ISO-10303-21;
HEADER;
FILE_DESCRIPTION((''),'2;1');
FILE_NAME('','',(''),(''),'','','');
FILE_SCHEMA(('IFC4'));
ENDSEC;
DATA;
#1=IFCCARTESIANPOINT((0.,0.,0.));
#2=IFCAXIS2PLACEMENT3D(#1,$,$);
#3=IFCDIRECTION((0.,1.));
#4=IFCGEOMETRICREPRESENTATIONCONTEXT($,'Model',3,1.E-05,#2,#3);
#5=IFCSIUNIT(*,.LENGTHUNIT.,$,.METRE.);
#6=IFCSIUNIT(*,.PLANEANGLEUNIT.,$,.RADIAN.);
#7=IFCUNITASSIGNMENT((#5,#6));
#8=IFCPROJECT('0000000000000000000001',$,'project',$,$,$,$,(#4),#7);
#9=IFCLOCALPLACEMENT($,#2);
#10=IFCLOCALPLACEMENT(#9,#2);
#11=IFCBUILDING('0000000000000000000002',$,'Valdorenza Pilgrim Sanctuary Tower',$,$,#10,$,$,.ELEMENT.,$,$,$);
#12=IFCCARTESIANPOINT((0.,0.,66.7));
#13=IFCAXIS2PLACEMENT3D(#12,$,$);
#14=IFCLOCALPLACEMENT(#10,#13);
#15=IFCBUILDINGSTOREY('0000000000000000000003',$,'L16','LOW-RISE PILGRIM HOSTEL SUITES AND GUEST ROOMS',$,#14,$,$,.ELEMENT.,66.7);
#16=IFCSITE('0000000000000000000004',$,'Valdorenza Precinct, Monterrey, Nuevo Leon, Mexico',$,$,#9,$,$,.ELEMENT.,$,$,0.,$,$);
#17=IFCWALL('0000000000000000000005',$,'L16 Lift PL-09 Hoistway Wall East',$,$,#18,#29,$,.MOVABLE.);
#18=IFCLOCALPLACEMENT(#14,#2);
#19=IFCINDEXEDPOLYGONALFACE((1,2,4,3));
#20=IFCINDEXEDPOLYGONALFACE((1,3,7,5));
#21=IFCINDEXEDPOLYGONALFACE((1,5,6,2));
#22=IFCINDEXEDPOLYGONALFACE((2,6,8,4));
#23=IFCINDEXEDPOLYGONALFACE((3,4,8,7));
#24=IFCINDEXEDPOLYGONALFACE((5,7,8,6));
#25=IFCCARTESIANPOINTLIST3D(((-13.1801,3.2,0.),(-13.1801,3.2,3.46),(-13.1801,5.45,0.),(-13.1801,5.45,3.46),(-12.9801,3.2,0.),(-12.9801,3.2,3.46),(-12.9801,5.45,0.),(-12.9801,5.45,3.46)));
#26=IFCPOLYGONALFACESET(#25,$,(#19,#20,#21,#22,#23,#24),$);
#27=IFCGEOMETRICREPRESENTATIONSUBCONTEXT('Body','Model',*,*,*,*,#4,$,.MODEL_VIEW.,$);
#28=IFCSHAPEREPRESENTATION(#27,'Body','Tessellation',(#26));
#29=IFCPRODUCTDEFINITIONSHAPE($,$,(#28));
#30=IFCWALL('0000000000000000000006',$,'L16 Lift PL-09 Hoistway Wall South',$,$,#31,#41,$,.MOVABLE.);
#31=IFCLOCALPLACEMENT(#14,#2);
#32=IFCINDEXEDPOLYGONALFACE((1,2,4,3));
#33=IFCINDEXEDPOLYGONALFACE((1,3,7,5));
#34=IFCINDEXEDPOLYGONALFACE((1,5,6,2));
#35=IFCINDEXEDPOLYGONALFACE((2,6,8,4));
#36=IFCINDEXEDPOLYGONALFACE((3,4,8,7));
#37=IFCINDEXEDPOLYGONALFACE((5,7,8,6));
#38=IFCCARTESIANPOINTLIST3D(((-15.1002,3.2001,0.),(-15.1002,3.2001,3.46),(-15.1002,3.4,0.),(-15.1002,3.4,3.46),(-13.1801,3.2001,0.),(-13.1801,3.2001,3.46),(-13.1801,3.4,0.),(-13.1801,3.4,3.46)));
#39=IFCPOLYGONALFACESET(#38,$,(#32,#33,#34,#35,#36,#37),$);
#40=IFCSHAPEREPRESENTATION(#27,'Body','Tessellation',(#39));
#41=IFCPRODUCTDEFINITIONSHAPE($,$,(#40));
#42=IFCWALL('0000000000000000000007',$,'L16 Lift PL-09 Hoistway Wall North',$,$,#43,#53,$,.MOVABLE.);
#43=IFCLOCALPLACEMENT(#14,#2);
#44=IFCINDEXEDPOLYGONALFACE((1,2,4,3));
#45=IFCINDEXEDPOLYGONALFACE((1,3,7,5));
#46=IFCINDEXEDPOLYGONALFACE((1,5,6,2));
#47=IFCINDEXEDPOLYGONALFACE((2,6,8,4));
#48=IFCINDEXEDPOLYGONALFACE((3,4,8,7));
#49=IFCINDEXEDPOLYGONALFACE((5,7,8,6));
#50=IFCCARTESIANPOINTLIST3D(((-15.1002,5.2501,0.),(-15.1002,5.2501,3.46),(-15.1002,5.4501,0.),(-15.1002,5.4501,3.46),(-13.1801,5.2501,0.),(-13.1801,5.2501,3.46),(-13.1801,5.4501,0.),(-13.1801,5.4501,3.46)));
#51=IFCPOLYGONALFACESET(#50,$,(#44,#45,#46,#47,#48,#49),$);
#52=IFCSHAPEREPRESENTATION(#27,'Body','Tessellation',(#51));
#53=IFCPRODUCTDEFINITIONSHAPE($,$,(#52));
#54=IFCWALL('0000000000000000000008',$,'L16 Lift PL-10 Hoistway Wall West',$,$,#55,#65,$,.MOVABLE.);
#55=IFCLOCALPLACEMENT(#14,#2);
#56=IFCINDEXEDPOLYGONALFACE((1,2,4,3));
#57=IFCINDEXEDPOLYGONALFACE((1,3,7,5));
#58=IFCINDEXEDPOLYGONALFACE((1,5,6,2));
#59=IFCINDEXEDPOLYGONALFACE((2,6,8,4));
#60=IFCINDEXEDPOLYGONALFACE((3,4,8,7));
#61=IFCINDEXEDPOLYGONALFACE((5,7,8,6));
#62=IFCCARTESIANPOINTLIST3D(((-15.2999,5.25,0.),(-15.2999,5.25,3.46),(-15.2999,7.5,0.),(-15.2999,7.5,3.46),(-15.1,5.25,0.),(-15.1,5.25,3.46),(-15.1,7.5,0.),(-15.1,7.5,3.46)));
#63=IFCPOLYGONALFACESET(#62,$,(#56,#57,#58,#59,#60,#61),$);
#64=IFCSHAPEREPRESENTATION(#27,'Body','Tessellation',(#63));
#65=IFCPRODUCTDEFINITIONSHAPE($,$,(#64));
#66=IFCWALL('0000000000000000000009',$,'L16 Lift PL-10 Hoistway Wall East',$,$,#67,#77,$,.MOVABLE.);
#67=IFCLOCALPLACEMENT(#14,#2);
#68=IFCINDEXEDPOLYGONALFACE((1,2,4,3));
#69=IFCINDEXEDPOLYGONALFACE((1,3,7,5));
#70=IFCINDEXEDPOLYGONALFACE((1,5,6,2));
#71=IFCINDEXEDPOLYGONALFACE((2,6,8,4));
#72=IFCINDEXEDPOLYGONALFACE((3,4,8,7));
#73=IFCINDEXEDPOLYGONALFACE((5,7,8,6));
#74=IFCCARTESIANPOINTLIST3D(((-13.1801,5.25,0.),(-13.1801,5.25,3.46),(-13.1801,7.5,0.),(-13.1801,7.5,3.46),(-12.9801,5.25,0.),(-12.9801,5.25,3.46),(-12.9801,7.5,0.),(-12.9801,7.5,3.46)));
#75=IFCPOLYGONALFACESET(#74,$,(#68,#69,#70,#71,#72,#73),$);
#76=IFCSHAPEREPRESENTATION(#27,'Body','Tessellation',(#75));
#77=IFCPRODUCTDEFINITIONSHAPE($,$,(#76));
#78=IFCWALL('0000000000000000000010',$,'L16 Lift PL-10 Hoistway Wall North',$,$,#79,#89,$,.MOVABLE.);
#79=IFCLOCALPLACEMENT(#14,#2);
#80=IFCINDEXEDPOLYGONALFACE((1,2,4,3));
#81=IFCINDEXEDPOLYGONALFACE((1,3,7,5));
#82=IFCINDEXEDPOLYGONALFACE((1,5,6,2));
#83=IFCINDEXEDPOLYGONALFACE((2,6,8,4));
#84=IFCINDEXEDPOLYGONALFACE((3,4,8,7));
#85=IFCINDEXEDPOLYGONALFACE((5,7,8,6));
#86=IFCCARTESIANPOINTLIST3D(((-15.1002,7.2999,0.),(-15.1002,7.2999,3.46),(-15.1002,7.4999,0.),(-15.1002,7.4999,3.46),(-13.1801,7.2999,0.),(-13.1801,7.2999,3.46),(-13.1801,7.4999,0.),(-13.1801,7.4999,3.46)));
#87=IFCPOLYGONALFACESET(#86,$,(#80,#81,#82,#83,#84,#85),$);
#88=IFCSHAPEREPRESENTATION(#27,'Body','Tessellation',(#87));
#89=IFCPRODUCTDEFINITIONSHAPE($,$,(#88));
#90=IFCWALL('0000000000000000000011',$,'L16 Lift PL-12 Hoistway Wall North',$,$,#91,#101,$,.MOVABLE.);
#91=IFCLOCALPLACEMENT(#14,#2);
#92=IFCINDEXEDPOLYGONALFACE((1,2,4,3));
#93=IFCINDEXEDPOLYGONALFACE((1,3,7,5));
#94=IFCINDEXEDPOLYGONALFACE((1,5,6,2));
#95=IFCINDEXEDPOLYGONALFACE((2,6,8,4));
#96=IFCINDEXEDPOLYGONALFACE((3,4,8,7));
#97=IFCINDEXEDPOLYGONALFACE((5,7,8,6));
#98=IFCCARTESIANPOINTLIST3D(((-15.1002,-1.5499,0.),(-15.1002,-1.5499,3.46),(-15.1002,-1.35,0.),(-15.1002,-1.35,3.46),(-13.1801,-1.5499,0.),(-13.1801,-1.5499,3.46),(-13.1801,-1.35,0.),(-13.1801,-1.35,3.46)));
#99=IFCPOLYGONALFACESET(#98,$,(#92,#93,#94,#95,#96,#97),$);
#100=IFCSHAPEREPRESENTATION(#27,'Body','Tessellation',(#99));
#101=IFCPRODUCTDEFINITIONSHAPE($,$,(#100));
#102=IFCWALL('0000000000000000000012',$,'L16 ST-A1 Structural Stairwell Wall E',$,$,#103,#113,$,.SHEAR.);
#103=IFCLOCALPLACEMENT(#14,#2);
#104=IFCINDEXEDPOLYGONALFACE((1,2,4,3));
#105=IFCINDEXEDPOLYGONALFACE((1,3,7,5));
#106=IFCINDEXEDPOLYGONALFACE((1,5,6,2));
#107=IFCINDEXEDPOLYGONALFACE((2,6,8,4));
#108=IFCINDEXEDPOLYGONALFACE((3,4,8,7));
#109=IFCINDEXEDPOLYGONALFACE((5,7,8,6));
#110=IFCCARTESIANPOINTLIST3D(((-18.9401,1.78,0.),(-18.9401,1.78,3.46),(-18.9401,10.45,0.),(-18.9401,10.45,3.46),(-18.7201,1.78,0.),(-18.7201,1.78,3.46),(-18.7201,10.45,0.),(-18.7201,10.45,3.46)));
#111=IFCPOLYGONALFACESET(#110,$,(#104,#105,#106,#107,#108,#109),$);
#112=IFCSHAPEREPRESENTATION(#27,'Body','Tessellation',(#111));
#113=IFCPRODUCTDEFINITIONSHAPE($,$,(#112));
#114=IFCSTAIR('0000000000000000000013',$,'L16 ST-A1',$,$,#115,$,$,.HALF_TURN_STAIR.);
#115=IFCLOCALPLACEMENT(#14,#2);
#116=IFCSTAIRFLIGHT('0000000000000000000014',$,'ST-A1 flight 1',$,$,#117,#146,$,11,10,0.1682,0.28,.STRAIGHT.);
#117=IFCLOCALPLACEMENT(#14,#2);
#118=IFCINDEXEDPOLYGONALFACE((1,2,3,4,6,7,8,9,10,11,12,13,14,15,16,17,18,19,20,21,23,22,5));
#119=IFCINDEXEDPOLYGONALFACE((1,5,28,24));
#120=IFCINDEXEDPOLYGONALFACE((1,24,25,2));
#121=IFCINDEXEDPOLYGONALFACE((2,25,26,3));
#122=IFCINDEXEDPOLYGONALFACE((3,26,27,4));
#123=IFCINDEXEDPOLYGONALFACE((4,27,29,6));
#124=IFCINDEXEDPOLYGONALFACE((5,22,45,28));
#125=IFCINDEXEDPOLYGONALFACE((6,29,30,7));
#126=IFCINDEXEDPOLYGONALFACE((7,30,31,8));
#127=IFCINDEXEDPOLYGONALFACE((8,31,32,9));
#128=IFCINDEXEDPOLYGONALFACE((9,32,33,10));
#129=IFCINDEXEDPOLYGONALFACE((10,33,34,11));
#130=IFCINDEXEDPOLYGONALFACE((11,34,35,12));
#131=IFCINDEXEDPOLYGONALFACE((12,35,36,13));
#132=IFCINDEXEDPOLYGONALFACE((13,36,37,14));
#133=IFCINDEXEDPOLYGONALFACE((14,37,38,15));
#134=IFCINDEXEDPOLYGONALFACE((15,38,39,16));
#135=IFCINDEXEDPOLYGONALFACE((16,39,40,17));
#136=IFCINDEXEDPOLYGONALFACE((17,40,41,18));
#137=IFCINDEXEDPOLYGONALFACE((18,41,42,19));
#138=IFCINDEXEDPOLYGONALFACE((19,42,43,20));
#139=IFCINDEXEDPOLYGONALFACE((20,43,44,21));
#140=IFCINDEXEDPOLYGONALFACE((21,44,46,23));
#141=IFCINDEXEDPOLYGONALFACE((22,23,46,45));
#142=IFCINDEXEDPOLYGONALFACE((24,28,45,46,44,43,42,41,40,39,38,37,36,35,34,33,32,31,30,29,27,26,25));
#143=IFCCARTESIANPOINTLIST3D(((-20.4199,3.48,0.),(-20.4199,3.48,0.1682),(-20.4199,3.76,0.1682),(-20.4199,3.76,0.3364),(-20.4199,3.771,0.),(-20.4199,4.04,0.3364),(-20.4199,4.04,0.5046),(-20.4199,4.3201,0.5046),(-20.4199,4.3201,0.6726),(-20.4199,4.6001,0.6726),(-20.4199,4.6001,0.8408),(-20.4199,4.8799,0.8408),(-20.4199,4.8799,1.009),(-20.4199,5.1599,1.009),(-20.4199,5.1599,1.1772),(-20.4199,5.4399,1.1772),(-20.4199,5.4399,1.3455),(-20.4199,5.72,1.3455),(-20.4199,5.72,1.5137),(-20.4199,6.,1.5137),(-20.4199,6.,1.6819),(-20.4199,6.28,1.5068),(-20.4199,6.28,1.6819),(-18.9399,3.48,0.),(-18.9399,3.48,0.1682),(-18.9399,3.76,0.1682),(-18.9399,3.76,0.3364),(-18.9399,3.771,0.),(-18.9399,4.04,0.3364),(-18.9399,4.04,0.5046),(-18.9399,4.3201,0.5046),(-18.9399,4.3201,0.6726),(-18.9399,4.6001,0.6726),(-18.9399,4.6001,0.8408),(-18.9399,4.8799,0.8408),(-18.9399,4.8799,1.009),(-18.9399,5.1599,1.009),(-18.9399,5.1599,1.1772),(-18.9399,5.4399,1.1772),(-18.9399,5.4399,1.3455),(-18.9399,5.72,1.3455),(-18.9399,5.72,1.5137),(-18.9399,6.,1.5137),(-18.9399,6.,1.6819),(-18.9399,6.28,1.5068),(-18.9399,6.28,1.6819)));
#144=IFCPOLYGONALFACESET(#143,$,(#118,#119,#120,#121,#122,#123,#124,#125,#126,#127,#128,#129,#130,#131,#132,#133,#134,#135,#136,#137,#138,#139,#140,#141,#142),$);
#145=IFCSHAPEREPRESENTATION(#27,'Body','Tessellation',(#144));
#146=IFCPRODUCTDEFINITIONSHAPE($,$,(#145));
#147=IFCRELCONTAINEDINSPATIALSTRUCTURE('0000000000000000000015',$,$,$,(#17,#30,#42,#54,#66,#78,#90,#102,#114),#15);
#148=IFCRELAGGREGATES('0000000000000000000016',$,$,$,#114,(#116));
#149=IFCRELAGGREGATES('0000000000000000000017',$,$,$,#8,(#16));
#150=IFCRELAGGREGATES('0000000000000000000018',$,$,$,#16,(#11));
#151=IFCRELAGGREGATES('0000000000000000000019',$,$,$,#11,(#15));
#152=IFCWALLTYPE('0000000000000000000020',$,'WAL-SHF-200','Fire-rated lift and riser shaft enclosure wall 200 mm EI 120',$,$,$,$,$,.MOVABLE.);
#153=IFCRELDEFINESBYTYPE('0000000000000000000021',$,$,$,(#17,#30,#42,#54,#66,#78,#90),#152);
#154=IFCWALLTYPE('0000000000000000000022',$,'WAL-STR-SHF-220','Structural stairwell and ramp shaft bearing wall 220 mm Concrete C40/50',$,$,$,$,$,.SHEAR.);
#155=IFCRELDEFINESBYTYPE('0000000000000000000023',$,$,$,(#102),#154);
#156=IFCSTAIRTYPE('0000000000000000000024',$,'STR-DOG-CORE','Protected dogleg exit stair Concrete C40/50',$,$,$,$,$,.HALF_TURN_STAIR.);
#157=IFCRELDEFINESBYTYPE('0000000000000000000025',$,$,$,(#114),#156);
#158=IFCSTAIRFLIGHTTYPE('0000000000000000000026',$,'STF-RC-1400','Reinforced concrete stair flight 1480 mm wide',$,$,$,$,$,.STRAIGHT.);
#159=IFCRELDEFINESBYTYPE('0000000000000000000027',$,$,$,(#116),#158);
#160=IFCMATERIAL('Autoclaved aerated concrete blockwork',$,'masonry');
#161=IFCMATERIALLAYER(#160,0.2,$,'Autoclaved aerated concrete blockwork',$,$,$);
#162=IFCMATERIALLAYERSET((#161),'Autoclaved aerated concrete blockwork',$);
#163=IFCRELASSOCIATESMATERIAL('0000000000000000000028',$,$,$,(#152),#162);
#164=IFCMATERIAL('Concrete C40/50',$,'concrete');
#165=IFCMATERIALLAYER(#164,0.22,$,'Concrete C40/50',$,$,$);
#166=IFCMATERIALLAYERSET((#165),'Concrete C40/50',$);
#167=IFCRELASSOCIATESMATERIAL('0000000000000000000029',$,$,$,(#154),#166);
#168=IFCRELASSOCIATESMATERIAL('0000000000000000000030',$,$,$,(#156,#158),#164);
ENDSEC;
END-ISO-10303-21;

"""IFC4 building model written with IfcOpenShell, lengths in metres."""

from ifc_helpers import new_model, si_unit, direction, frame, frame_2d, origin, place, context, subcontext, project, spatial, polyline, rectangle, outline, extrude, material, layer, layer_set, type_object, element, aggregate, save


model = new_model("IFC4")

# Units and contexts
model_context = context("Model", 3, precision=1e-05, world=origin(), true_north=direction((0.0, 1.0)))
body_context = subcontext(model_context, "Body", "Model", "MODEL_VIEW")
ifc_project = project(units=[si_unit("LENGTHUNIT", "METRE"), si_unit("PLANEANGLEUNIT", "RADIAN")], contexts=[model_context])

# Site, building, storey
site_placement = place(None, origin())
site = spatial("IfcSite", under=ifc_project, at=site_placement, Name="Valdorenza Precinct, Monterrey, Nuevo Leon, Mexico", CompositionType="ELEMENT", RefElevation=0.0)
building_placement = place(site_placement, origin())
building = spatial("IfcBuilding", under=site, at=building_placement, Name="Valdorenza Pilgrim Sanctuary Tower", CompositionType="ELEMENT")
storey_placement = place(building_placement, frame((0.0, 0.0, 66.7)))
storey = spatial("IfcBuildingStorey", under=building, at=storey_placement, Name="L16", Description="LOW-RISE PILGRIM HOSTEL SUITES AND GUEST ROOMS", CompositionType="ELEMENT", Elevation=66.7)

# Shared definitions
ifc_material_1 = material(Name="Autoclaved aerated concrete blockwork", Category="masonry")
ifc_layer_1 = layer(ifc_material_1, 0.2, Name="Autoclaved aerated concrete blockwork")
ifc_layer_set_1 = layer_set([ifc_layer_1], Name="Autoclaved aerated concrete blockwork")
wall_type_1 = type_object("IfcWallType", Name="WAL-SHF-200", Description="Fire-rated lift and riser shaft enclosure wall 200 mm EI 120", PredefinedType="MOVABLE", material=ifc_layer_set_1)

# Walls
for number, where, z_axis, x_axis, name in (
    (1, (-13.0801, 3.2, 0.0), (0.0, 0.0, 1.0), (0.0, 1.0, 0.0), "L16 Lift PL-09 Hoistway Wall East"),
):
    element("IfcWall", number, at=place(storey_placement, frame(where, z_axis=z_axis, x_axis=x_axis)), inside=storey, type_object=wall_type_1, Name=name, PredefinedType="MOVABLE", context=body_context, shape_type="SweptSolid", body=[
        extrude(rectangle(XDim=2.25, YDim=0.2, at=frame_2d((1.125, 0.0))), origin(), (0.0, 0.0, 1.0), 3.46),
    ])
for number, where, z_axis, x_axis, name in (
    (2, (-15.1001, 3.3, 0.0), (0.0, 0.0, 1.0), (1.0, 0.0, 0.0), "L16 Lift PL-09 Hoistway Wall South"),
    (3, (-15.1001, 5.3501, 0.0), (0.0, 0.0, 1.0), (1.0, 0.0, 0.0), "L16 Lift PL-09 Hoistway Wall North"),
):
    element("IfcWall", number, at=place(storey_placement, frame(where, z_axis=z_axis, x_axis=x_axis)), inside=storey, type_object=wall_type_1, Name=name, PredefinedType="MOVABLE", context=body_context, shape_type="SweptSolid", body=[
        extrude(rectangle(XDim=1.9202, YDim=0.2, at=frame_2d((0.96, 0.0))), origin(), (0.0, 0.0, 1.0), 3.46),
    ])
for number, where, z_axis, x_axis, name in (
    (4, (-15.2, 5.25, 0.0), (0.0, 0.0, 1.0), (0.0, 1.0, 0.0), "L16 Lift PL-10 Hoistway Wall West"),
    (5, (-13.0801, 5.25, 0.0), (0.0, 0.0, 1.0), (0.0, 1.0, 0.0), "L16 Lift PL-10 Hoistway Wall East"),
):
    element("IfcWall", number, at=place(storey_placement, frame(where, z_axis=z_axis, x_axis=x_axis)), inside=storey, type_object=wall_type_1, Name=name, PredefinedType="MOVABLE", context=body_context, shape_type="SweptSolid", body=[
        extrude(rectangle(XDim=2.25, YDim=0.2, at=frame_2d((1.125, 0.0))), origin(), (0.0, 0.0, 1.0), 3.46),
    ])
for number, where, z_axis, x_axis, name in (
    (6, (-15.1001, 7.3999, 0.0), (0.0, 0.0, 1.0), (1.0, 0.0, 0.0), "L16 Lift PL-10 Hoistway Wall North"),
    (7, (-15.1001, -1.45, 0.0), (0.0, 0.0, 1.0), (1.0, 0.0, 0.0), "L16 Lift PL-12 Hoistway Wall North"),
):
    element("IfcWall", number, at=place(storey_placement, frame(where, z_axis=z_axis, x_axis=x_axis)), inside=storey, type_object=wall_type_1, Name=name, PredefinedType="MOVABLE", context=body_context, shape_type="SweptSolid", body=[
        extrude(rectangle(XDim=1.9202, YDim=0.2, at=frame_2d((0.96, 0.0))), origin(), (0.0, 0.0, 1.0), 3.46),
    ])
ifc_material_2 = material(Name="Concrete C40/50", Category="concrete")
ifc_layer_2 = layer(ifc_material_2, 0.22, Name="Concrete C40/50")
ifc_layer_set_2 = layer_set([ifc_layer_2], Name="Concrete C40/50")
wall_type_2 = type_object("IfcWallType", Name="WAL-STR-SHF-220", Description="Structural stairwell and ramp shaft bearing wall 220 mm Concrete C40/50", PredefinedType="SHEAR", material=ifc_layer_set_2)
wall_1_placement = place(storey_placement, frame((-18.8301, 1.78, 0.0), z_axis=(0.0, 0.0, 1.0), x_axis=(0.0, 1.0, 0.0)))
element("IfcWall", 8, at=wall_1_placement, inside=storey, type_object=wall_type_2, Name="L16 ST-A1 Structural Stairwell Wall E", PredefinedType="SHEAR", context=body_context, shape_type="SweptSolid", body=[
    extrude(rectangle(XDim=8.6699, YDim=0.22, at=frame_2d((4.335, 0.0))), origin(), (0.0, 0.0, 1.0), 3.46),
])

# Stair, stair flight
stair_type = type_object("IfcStairType", Name="STR-DOG-CORE", Description="Protected dogleg exit stair Concrete C40/50", PredefinedType="HALF_TURN_STAIR", material=ifc_material_2)
stair_placement = place(storey_placement, origin())
stair = element("IfcStair", 9, at=stair_placement, inside=storey, type_object=stair_type, Name="L16 ST-A1", PredefinedType="HALF_TURN_STAIR")
stair_flight_type = type_object("IfcStairFlightType", Name="STF-RC-1400", Description="Reinforced concrete stair flight 1480 mm wide", PredefinedType="STRAIGHT", material=ifc_material_2)
stair_flight_placement = place(storey_placement, frame((-19.6799, 3.48, 0.0), z_axis=(0.0, 0.0, 1.0), x_axis=(0.0, 1.0, 0.0)))
stair_flight = element("IfcStairFlight", 10, at=stair_flight_placement, type_object=stair_flight_type, Name="ST-A1 flight 1", NumberOfRisers=11, NumberOfTreads=10, PredefinedType="STRAIGHT", RiserHeight=0.1682, TreadLength=0.28, context=body_context, shape_type="SweptSolid", body=[
    extrude(outline(polyline([(0.0, 0.0), (0.0, 0.1682), (0.28, 0.1682), (0.28, 0.3364), (0.5601, 0.3364), (0.5601, 0.5046), (0.8401, 0.5046), (0.8401, 0.6726), (1.1201, 0.6726), (1.1201, 0.8408), (1.3999, 0.8408), (1.3999, 1.009), (1.6799, 1.009), (1.6799, 1.1772), (1.96, 1.1772), (1.96, 1.3455), (2.24, 1.3455), (2.24, 1.5137), (2.52, 1.5137), (2.52, 1.6819), (2.8, 1.6819), (2.8, 1.8501), (2.8, 1.5068), (0.291, 0.0), (0.0, 0.0)])), frame((0.0, 0.74, 0.0), z_axis=(0.0, -1.0, 0.0), x_axis=(1.0, 0.0, 0.0)), (0.0, 0.0, 1.0), 1.48),
])
aggregate(stair, [stair_flight])

save(model, "model.ifc")
